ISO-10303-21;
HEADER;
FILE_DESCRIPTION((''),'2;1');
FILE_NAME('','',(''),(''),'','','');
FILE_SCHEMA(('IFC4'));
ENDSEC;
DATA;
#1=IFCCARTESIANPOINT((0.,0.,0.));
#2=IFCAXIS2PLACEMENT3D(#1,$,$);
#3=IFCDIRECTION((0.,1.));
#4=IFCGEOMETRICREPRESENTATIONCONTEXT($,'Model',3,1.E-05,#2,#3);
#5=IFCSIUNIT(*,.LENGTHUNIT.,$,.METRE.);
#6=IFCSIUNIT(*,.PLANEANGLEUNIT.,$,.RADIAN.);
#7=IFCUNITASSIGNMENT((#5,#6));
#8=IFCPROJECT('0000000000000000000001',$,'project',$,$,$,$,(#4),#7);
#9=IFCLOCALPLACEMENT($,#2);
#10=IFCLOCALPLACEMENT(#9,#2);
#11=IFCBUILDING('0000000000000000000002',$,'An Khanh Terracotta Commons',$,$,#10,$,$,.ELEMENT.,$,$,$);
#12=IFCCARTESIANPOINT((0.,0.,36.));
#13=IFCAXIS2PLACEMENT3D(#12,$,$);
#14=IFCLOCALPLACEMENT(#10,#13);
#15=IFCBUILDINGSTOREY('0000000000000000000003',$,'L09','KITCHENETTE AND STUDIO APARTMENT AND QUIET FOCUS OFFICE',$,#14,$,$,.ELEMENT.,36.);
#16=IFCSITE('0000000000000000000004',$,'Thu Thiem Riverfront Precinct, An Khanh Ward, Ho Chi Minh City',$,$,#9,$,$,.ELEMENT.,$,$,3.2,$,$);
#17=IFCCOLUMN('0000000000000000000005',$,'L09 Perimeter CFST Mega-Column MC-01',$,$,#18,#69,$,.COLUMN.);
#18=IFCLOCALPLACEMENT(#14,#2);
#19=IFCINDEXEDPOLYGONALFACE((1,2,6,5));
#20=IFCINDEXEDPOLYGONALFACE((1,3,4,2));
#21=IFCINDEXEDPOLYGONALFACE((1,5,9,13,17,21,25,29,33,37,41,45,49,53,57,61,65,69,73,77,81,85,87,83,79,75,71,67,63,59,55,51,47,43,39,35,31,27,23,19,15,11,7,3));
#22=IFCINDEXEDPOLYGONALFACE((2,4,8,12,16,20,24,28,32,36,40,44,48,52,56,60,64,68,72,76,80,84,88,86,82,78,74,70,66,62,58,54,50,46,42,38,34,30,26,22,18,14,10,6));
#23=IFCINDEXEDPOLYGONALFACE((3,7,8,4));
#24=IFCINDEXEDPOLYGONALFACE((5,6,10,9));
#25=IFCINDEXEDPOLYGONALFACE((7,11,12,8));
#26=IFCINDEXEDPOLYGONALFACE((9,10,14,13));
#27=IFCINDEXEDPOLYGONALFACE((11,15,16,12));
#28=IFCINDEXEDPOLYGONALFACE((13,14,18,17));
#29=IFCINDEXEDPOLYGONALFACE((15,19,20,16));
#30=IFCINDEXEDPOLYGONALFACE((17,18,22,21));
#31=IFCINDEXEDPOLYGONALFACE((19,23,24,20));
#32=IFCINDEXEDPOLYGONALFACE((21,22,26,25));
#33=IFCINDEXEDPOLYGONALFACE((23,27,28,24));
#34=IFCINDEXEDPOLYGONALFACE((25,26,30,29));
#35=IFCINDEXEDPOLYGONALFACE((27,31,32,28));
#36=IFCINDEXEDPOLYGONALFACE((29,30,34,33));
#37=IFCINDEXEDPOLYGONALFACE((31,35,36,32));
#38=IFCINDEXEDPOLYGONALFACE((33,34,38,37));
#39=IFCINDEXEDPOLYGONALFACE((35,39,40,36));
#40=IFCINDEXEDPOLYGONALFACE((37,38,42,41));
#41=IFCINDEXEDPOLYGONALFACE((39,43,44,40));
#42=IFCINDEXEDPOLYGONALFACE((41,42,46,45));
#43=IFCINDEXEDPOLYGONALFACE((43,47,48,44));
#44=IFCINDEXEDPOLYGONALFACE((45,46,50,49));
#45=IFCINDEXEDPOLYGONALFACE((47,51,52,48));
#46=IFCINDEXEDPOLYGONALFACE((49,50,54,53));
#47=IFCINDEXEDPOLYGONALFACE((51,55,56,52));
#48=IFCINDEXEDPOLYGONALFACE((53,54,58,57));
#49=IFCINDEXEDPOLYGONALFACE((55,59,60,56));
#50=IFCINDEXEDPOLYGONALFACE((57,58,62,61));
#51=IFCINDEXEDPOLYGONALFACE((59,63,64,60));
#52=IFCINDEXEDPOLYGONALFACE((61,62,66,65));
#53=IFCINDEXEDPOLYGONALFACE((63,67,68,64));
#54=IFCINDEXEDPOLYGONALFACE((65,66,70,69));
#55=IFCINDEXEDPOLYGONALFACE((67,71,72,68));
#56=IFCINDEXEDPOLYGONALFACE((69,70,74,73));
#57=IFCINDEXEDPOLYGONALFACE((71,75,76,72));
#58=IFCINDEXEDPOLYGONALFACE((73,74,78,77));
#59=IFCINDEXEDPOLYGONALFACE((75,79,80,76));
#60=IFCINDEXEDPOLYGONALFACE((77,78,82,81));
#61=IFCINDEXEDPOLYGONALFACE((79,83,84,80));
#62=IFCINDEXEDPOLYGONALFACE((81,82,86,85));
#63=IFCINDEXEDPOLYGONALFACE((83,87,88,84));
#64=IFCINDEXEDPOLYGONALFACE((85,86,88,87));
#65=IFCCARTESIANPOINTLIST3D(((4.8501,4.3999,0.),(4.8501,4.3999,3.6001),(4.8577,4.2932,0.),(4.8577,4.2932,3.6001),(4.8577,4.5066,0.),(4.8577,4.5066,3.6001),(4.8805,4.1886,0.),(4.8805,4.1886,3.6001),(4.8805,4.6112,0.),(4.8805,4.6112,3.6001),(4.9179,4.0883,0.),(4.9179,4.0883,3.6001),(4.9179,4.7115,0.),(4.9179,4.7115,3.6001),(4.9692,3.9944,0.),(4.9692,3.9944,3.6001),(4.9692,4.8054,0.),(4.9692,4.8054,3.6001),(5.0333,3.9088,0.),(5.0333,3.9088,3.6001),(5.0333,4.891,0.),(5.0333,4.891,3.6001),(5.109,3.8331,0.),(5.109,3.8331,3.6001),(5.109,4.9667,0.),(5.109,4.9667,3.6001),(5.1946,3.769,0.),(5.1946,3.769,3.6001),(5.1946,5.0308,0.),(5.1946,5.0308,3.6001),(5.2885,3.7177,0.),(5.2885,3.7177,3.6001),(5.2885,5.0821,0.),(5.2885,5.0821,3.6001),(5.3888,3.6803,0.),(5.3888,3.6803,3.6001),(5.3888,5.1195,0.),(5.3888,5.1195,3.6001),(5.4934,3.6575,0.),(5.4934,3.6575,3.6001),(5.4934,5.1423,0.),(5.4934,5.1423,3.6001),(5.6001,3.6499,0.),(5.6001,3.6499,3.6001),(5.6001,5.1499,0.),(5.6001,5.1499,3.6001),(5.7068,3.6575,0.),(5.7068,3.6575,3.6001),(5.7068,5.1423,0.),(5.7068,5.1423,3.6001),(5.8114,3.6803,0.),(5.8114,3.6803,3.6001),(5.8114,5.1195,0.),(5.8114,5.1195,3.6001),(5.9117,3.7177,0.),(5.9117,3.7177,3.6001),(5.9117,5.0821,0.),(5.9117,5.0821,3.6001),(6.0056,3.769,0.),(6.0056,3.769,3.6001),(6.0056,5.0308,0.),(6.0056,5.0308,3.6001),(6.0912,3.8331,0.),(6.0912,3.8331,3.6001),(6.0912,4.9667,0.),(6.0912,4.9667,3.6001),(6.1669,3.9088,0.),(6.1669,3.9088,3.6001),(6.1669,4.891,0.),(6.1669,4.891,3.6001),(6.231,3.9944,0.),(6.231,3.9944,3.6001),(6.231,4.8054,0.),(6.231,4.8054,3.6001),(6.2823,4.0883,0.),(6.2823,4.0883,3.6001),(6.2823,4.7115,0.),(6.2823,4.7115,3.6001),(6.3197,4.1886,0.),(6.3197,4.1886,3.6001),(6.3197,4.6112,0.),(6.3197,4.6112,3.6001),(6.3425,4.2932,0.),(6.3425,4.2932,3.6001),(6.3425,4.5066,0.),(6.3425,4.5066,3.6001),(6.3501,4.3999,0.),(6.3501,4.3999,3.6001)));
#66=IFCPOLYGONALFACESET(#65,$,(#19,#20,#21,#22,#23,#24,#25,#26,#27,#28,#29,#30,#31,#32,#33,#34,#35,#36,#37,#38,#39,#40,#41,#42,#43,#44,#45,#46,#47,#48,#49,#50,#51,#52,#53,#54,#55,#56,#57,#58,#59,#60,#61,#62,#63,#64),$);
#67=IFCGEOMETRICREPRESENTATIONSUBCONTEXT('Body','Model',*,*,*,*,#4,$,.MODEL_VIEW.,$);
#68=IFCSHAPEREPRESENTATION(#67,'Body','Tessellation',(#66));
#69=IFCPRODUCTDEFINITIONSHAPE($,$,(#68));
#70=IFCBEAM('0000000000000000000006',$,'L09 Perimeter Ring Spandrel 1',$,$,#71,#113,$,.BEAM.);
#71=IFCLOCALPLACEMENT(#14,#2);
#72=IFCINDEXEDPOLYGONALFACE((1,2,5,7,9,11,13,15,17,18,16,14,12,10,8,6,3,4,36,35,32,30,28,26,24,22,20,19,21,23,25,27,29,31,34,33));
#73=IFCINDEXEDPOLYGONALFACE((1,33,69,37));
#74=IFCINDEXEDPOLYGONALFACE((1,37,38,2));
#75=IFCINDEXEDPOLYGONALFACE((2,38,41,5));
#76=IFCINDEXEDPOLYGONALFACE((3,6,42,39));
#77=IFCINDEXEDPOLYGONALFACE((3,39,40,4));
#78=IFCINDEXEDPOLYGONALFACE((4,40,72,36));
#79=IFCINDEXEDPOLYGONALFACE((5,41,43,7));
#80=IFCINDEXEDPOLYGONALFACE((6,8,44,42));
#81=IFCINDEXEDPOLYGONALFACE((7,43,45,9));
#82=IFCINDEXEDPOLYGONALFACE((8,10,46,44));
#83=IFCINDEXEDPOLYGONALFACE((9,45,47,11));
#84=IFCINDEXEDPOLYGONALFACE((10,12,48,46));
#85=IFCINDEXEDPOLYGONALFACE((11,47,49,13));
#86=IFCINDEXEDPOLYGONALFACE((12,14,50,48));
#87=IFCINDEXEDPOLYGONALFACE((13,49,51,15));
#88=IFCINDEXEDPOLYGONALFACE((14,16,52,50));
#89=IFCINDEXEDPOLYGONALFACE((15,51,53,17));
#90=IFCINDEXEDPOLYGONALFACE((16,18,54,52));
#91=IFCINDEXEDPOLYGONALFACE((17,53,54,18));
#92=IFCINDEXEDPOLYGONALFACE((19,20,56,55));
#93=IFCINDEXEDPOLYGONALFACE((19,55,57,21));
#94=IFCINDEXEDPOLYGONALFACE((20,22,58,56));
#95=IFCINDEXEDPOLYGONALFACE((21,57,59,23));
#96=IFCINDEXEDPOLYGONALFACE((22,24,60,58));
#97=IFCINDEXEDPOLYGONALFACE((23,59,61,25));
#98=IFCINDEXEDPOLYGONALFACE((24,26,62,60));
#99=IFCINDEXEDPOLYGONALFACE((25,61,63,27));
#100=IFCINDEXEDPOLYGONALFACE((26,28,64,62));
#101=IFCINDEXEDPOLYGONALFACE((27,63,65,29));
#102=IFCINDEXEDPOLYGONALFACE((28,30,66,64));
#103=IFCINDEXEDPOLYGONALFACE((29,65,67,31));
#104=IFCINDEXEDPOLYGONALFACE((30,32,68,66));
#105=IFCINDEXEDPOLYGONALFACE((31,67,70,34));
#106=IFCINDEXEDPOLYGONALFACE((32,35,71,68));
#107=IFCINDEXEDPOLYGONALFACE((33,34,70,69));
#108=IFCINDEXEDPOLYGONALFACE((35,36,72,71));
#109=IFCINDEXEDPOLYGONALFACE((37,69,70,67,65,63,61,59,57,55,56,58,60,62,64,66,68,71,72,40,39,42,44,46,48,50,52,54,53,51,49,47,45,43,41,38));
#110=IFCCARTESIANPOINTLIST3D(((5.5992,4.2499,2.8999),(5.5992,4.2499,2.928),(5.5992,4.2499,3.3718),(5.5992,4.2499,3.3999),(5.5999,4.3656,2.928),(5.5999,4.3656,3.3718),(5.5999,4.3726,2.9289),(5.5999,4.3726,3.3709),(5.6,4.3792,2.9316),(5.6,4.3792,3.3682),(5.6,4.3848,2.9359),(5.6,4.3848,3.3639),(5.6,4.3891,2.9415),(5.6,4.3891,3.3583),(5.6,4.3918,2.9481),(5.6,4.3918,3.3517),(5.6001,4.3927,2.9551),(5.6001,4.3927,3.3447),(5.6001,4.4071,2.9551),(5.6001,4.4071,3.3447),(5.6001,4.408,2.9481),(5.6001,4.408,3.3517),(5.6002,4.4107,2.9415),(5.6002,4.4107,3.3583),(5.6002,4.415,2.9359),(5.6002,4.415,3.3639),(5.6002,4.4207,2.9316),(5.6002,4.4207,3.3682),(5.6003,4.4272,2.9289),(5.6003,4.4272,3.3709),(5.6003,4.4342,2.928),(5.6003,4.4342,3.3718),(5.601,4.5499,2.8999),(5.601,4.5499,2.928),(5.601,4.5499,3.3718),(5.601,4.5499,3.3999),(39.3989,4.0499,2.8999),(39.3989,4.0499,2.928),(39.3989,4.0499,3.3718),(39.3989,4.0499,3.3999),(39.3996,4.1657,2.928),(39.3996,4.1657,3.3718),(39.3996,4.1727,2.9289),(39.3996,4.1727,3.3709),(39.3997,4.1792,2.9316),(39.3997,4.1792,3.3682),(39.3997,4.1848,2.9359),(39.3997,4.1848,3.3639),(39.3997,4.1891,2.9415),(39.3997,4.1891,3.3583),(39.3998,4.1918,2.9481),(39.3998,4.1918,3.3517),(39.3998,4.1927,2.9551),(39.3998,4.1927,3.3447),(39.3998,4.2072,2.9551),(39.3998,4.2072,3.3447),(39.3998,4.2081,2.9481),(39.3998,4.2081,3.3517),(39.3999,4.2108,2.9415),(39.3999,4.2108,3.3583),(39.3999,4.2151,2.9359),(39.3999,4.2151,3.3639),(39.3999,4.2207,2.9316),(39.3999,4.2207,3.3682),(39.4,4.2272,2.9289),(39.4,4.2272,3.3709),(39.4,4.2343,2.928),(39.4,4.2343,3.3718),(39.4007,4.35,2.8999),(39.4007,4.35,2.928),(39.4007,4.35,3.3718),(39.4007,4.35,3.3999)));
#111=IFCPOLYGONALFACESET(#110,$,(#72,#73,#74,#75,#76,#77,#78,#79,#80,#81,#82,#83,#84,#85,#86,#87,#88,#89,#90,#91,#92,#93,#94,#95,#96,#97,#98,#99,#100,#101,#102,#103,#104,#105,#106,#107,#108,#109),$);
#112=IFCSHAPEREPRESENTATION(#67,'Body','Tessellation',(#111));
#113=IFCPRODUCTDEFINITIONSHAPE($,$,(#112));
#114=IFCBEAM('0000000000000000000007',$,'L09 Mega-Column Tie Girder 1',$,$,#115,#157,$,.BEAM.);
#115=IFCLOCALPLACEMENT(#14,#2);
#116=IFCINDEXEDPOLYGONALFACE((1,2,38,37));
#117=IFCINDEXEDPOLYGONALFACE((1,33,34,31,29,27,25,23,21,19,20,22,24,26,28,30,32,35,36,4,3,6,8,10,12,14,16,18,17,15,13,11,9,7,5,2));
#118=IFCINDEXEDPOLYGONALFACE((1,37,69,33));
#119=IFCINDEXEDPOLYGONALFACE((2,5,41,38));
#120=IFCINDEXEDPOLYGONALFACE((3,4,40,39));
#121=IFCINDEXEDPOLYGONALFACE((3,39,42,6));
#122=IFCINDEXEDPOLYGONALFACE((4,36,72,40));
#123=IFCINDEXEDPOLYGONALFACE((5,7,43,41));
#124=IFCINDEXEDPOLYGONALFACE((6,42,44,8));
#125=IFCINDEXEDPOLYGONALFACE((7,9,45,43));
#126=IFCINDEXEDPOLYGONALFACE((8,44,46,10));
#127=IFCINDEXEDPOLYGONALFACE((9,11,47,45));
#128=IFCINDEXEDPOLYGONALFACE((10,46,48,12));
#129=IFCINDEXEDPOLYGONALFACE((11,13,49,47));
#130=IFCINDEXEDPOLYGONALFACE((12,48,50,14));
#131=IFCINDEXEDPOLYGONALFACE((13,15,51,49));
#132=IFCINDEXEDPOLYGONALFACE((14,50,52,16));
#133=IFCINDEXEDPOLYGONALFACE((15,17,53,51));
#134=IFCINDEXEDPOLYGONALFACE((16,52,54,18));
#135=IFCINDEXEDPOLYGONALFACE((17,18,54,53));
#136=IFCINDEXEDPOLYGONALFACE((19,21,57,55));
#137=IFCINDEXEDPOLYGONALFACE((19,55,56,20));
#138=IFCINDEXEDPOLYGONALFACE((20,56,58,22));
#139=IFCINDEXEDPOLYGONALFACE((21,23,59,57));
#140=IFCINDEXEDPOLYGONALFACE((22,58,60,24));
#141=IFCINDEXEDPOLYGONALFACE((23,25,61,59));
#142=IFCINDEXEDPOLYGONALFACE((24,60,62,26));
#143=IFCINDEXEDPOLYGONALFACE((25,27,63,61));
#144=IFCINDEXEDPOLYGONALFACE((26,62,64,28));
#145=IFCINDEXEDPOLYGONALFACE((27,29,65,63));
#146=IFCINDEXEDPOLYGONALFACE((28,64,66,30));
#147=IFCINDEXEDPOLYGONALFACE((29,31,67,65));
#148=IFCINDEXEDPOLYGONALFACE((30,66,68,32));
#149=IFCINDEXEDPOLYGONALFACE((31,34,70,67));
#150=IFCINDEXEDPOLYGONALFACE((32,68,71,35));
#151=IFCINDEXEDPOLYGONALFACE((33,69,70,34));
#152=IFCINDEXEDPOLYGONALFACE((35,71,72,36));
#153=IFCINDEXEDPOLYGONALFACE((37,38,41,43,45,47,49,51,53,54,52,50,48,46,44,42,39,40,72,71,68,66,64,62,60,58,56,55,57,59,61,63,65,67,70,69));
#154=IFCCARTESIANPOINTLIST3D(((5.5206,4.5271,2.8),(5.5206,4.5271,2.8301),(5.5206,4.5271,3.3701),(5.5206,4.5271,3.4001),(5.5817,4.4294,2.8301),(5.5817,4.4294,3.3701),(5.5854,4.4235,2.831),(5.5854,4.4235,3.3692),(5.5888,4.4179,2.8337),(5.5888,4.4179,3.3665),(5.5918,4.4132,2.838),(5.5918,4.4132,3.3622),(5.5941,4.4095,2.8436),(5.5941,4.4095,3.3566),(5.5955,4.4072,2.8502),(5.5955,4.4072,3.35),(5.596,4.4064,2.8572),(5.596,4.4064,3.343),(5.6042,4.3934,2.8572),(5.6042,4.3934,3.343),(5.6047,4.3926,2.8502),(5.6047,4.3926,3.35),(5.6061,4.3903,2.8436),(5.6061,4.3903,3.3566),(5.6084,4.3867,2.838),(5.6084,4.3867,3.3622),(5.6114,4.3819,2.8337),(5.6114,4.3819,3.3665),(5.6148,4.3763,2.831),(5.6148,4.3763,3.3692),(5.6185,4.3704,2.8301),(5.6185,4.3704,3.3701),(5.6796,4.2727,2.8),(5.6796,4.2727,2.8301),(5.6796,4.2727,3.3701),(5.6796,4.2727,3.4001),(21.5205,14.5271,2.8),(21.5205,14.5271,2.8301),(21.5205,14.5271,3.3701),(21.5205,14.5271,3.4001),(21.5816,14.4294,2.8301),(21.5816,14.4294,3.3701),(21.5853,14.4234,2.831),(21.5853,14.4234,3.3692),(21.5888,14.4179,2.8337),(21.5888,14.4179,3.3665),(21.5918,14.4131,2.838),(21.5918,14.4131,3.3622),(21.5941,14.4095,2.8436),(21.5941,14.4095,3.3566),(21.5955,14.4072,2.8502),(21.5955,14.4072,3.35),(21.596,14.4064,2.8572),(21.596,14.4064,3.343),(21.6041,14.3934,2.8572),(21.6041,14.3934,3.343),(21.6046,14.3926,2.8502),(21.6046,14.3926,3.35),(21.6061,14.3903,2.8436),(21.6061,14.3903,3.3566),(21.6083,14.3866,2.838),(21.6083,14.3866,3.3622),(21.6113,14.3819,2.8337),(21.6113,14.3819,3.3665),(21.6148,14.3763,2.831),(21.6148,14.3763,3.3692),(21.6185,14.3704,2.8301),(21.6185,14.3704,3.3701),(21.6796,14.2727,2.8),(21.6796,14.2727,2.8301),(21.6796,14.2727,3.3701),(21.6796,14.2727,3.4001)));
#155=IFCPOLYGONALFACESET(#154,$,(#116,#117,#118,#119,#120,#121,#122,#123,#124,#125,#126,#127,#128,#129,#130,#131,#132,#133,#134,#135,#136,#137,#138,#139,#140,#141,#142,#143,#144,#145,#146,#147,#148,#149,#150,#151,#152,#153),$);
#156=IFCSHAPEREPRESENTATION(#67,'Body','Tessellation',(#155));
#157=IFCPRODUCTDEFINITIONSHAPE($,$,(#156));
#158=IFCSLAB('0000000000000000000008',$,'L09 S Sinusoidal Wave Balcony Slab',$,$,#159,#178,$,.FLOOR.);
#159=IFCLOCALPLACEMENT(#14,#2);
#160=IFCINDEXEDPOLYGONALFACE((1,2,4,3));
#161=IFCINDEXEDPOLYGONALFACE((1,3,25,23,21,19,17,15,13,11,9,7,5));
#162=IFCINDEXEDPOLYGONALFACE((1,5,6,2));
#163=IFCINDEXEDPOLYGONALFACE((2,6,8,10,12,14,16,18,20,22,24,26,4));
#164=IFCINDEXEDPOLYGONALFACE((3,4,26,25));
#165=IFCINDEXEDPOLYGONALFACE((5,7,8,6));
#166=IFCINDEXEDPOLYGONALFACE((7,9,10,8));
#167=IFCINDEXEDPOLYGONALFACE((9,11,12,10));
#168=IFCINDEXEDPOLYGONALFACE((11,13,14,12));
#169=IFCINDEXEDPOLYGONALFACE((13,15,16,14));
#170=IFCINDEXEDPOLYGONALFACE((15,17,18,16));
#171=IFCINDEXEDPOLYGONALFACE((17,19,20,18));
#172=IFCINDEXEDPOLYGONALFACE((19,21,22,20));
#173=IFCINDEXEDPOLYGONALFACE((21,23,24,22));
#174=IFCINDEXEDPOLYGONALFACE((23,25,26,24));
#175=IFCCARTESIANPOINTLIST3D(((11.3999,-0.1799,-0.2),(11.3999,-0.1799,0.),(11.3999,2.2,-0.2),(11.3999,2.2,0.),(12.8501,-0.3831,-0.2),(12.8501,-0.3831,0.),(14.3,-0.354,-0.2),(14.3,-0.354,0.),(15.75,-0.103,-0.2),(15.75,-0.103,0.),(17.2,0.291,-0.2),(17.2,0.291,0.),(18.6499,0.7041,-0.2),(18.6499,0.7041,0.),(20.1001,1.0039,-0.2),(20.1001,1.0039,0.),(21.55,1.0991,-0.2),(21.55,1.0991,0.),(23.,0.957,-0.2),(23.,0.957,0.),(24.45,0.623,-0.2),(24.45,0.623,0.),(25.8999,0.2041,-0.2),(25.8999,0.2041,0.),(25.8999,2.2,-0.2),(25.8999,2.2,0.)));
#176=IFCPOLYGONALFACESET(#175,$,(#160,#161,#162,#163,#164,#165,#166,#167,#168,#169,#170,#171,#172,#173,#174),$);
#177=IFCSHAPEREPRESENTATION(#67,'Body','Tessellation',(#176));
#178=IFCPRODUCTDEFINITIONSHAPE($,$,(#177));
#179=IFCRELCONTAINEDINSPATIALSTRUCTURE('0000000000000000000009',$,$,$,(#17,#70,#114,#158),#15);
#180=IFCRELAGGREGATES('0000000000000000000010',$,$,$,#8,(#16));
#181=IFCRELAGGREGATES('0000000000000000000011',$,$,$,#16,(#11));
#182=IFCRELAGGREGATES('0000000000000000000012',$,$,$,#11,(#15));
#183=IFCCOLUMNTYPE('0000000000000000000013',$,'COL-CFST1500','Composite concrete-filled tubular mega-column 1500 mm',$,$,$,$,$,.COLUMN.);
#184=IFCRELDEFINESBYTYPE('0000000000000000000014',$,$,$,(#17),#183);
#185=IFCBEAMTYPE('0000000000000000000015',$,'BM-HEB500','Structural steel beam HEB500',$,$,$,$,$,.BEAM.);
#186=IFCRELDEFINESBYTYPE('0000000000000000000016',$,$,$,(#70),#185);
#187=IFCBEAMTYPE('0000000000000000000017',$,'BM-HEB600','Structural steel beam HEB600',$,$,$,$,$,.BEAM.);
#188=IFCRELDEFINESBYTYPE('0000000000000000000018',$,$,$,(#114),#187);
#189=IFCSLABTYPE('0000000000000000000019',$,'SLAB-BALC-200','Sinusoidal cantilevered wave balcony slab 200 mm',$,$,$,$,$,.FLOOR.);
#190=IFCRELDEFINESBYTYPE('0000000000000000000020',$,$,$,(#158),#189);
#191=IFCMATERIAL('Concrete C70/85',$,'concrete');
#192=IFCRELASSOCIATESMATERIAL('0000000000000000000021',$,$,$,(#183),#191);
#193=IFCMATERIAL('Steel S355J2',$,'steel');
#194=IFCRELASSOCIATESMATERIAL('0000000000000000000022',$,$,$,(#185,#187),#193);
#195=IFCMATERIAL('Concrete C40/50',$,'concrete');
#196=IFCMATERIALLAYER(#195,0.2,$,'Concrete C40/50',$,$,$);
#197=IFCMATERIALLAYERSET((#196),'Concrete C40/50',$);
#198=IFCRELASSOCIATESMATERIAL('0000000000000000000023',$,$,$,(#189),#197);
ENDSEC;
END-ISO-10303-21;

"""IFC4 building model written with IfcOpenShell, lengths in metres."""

from ifc_helpers import new_model, si_unit, direction, frame, origin, origin_2d, place, context, subcontext, project, spatial, polyline, circle, i_section, outline, extrude, material, layer, layer_set, material_profile, profile_set, type_object, element, save


model = new_model("IFC4")

# Units and contexts
model_context = context("Model", 3, precision=1e-05, world=origin(), true_north=direction((0.0, 1.0)))
body_context = subcontext(model_context, "Body", "Model", "MODEL_VIEW")
ifc_project = project(units=[si_unit("LENGTHUNIT", "METRE"), si_unit("PLANEANGLEUNIT", "RADIAN")], contexts=[model_context])

# Site, building, storey
site_placement = place(None, origin())
site = spatial("IfcSite", under=ifc_project, at=site_placement, Name="Thu Thiem Riverfront Precinct, An Khanh Ward, Ho Chi Minh City", CompositionType="ELEMENT", RefElevation=3.2)
building_placement = place(site_placement, origin())
building = spatial("IfcBuilding", under=site, at=building_placement, Name="An Khanh Terracotta Commons", CompositionType="ELEMENT")
storey_placement = place(building_placement, frame((0.0, 0.0, 36.0)))
storey = spatial("IfcBuildingStorey", under=building, at=storey_placement, Name="L09", Description="KITCHENETTE AND STUDIO APARTMENT AND QUIET FOCUS OFFICE", CompositionType="ELEMENT", Elevation=36.0)

# Column
ifc_material_1 = material(Name="Concrete C70/85", Category="concrete")
ifc_material_profile_1 = material_profile(ifc_material_1, circle(Radius=0.75, at=origin_2d()), Name="CFST1500")
ifc_profile_set_1 = profile_set([ifc_material_profile_1], Name="Concrete C70/85")
column_type = type_object("IfcColumnType", Name="COL-CFST1500", Description="Composite concrete-filled tubular mega-column 1500 mm", PredefinedType="COLUMN", material=ifc_profile_set_1)
column_placement = place(storey_placement, frame((5.6001, 4.3999, 0.0), z_axis=(0.0, 0.0, 1.0), x_axis=(1.0, 0.0, 0.0)))
element("IfcColumn", 1, at=column_placement, inside=storey, type_object=column_type, Name="L09 Perimeter CFST Mega-Column MC-01", PredefinedType="COLUMN", context=body_context, shape_type="SweptSolid", body=[
    extrude(circle(Radius=0.75, at=origin_2d()), origin(), (0.0, 0.0, 1.0), 3.6001),
])

# Beams
ifc_material_2 = material(Name="Steel S355J2", Category="steel")
ifc_material_profile_2 = material_profile(ifc_material_2, i_section(OverallWidth=0.3, OverallDepth=0.5, WebThickness=0.0144, FlangeThickness=0.0281, FilletRadius=0.0271, at=origin_2d()), Name="HEB500")
ifc_profile_set_2 = profile_set([ifc_material_profile_2], Name="Steel S355J2")
beam_type_1 = type_object("IfcBeamType", Name="BM-HEB500", Description="Structural steel beam HEB500", PredefinedType="BEAM", material=ifc_profile_set_2)
beam_1_placement = place(storey_placement, frame((5.6001, 4.3999, 3.1499), z_axis=(0.999983, -0.005916, 0.0), x_axis=(0.005916, 0.999983, 0.0)))
element("IfcBeam", 2, at=beam_1_placement, inside=storey, type_object=beam_type_1, Name="L09 Perimeter Ring Spandrel 1", PredefinedType="BEAM", context=body_context, shape_type="SweptSolid", body=[
    extrude(i_section(OverallWidth=0.3, OverallDepth=0.5, WebThickness=0.0144, FlangeThickness=0.0281, FilletRadius=0.0271, at=origin_2d()), origin(), (0.0, 0.0, 1.0), 33.8003),
])
ifc_material_profile_3 = material_profile(ifc_material_2, i_section(OverallWidth=0.3, OverallDepth=0.6001, WebThickness=0.0154, FlangeThickness=0.03, FilletRadius=0.0271, at=origin_2d()), Name="HEB600")
ifc_profile_set_3 = profile_set([ifc_material_profile_3], Name="Steel S355J2")
beam_type_2 = type_object("IfcBeamType", Name="BM-HEB600", Description="Structural steel beam HEB600", PredefinedType="BEAM", material=ifc_profile_set_3)
beam_2_placement = place(storey_placement, frame((5.6001, 4.3999, 3.1001), z_axis=(0.847998, 0.529999, 0.0), x_axis=(-0.529999, 0.847998, 0.0)))
element("IfcBeam", 3, at=beam_2_placement, inside=storey, type_object=beam_type_2, Name="L09 Mega-Column Tie Girder 1", PredefinedType="BEAM", context=body_context, shape_type="SweptSolid", body=[
    extrude(i_section(OverallWidth=0.3, OverallDepth=0.6001, WebThickness=0.0154, FlangeThickness=0.03, FilletRadius=0.0271, at=origin_2d()), origin(), (0.0, 0.0, 1.0), 18.8679),
])

# Slab
ifc_material_3 = material(Name="Concrete C40/50", Category="concrete")
ifc_layer_1 = layer(ifc_material_3, 0.2, Name="Concrete C40/50")
ifc_layer_set_1 = layer_set([ifc_layer_1], Name="Concrete C40/50")
slab_type_1 = type_object("IfcSlabType", Name="SLAB-BALC-200", Description="Sinusoidal cantilevered wave balcony slab 200 mm", PredefinedType="FLOOR", material=ifc_layer_set_1)
slab_1_placement = place(storey_placement, frame((0.0, 0.0, -0.2)))
element("IfcSlab", 4, at=slab_1_placement, inside=storey, type_object=slab_type_1, Name="L09 S Sinusoidal Wave Balcony Slab", PredefinedType="FLOOR", context=body_context, shape_type="SweptSolid", body=[
    extrude(outline(polyline([(11.3999, 2.2), (11.3999, -0.1799), (12.8501, -0.3831), (14.3, -0.354), (15.75, -0.103), (17.2, 0.291), (18.6499, 0.7041), (20.1001, 1.0039), (21.55, 1.0991), (23.0, 0.957), (24.45, 0.623), (25.8999, 0.2041), (25.8999, 2.2), (11.3999, 2.2)])), origin(), (0.0, 0.0, 1.0), 0.2),
])

save(model, "model.ifc")
